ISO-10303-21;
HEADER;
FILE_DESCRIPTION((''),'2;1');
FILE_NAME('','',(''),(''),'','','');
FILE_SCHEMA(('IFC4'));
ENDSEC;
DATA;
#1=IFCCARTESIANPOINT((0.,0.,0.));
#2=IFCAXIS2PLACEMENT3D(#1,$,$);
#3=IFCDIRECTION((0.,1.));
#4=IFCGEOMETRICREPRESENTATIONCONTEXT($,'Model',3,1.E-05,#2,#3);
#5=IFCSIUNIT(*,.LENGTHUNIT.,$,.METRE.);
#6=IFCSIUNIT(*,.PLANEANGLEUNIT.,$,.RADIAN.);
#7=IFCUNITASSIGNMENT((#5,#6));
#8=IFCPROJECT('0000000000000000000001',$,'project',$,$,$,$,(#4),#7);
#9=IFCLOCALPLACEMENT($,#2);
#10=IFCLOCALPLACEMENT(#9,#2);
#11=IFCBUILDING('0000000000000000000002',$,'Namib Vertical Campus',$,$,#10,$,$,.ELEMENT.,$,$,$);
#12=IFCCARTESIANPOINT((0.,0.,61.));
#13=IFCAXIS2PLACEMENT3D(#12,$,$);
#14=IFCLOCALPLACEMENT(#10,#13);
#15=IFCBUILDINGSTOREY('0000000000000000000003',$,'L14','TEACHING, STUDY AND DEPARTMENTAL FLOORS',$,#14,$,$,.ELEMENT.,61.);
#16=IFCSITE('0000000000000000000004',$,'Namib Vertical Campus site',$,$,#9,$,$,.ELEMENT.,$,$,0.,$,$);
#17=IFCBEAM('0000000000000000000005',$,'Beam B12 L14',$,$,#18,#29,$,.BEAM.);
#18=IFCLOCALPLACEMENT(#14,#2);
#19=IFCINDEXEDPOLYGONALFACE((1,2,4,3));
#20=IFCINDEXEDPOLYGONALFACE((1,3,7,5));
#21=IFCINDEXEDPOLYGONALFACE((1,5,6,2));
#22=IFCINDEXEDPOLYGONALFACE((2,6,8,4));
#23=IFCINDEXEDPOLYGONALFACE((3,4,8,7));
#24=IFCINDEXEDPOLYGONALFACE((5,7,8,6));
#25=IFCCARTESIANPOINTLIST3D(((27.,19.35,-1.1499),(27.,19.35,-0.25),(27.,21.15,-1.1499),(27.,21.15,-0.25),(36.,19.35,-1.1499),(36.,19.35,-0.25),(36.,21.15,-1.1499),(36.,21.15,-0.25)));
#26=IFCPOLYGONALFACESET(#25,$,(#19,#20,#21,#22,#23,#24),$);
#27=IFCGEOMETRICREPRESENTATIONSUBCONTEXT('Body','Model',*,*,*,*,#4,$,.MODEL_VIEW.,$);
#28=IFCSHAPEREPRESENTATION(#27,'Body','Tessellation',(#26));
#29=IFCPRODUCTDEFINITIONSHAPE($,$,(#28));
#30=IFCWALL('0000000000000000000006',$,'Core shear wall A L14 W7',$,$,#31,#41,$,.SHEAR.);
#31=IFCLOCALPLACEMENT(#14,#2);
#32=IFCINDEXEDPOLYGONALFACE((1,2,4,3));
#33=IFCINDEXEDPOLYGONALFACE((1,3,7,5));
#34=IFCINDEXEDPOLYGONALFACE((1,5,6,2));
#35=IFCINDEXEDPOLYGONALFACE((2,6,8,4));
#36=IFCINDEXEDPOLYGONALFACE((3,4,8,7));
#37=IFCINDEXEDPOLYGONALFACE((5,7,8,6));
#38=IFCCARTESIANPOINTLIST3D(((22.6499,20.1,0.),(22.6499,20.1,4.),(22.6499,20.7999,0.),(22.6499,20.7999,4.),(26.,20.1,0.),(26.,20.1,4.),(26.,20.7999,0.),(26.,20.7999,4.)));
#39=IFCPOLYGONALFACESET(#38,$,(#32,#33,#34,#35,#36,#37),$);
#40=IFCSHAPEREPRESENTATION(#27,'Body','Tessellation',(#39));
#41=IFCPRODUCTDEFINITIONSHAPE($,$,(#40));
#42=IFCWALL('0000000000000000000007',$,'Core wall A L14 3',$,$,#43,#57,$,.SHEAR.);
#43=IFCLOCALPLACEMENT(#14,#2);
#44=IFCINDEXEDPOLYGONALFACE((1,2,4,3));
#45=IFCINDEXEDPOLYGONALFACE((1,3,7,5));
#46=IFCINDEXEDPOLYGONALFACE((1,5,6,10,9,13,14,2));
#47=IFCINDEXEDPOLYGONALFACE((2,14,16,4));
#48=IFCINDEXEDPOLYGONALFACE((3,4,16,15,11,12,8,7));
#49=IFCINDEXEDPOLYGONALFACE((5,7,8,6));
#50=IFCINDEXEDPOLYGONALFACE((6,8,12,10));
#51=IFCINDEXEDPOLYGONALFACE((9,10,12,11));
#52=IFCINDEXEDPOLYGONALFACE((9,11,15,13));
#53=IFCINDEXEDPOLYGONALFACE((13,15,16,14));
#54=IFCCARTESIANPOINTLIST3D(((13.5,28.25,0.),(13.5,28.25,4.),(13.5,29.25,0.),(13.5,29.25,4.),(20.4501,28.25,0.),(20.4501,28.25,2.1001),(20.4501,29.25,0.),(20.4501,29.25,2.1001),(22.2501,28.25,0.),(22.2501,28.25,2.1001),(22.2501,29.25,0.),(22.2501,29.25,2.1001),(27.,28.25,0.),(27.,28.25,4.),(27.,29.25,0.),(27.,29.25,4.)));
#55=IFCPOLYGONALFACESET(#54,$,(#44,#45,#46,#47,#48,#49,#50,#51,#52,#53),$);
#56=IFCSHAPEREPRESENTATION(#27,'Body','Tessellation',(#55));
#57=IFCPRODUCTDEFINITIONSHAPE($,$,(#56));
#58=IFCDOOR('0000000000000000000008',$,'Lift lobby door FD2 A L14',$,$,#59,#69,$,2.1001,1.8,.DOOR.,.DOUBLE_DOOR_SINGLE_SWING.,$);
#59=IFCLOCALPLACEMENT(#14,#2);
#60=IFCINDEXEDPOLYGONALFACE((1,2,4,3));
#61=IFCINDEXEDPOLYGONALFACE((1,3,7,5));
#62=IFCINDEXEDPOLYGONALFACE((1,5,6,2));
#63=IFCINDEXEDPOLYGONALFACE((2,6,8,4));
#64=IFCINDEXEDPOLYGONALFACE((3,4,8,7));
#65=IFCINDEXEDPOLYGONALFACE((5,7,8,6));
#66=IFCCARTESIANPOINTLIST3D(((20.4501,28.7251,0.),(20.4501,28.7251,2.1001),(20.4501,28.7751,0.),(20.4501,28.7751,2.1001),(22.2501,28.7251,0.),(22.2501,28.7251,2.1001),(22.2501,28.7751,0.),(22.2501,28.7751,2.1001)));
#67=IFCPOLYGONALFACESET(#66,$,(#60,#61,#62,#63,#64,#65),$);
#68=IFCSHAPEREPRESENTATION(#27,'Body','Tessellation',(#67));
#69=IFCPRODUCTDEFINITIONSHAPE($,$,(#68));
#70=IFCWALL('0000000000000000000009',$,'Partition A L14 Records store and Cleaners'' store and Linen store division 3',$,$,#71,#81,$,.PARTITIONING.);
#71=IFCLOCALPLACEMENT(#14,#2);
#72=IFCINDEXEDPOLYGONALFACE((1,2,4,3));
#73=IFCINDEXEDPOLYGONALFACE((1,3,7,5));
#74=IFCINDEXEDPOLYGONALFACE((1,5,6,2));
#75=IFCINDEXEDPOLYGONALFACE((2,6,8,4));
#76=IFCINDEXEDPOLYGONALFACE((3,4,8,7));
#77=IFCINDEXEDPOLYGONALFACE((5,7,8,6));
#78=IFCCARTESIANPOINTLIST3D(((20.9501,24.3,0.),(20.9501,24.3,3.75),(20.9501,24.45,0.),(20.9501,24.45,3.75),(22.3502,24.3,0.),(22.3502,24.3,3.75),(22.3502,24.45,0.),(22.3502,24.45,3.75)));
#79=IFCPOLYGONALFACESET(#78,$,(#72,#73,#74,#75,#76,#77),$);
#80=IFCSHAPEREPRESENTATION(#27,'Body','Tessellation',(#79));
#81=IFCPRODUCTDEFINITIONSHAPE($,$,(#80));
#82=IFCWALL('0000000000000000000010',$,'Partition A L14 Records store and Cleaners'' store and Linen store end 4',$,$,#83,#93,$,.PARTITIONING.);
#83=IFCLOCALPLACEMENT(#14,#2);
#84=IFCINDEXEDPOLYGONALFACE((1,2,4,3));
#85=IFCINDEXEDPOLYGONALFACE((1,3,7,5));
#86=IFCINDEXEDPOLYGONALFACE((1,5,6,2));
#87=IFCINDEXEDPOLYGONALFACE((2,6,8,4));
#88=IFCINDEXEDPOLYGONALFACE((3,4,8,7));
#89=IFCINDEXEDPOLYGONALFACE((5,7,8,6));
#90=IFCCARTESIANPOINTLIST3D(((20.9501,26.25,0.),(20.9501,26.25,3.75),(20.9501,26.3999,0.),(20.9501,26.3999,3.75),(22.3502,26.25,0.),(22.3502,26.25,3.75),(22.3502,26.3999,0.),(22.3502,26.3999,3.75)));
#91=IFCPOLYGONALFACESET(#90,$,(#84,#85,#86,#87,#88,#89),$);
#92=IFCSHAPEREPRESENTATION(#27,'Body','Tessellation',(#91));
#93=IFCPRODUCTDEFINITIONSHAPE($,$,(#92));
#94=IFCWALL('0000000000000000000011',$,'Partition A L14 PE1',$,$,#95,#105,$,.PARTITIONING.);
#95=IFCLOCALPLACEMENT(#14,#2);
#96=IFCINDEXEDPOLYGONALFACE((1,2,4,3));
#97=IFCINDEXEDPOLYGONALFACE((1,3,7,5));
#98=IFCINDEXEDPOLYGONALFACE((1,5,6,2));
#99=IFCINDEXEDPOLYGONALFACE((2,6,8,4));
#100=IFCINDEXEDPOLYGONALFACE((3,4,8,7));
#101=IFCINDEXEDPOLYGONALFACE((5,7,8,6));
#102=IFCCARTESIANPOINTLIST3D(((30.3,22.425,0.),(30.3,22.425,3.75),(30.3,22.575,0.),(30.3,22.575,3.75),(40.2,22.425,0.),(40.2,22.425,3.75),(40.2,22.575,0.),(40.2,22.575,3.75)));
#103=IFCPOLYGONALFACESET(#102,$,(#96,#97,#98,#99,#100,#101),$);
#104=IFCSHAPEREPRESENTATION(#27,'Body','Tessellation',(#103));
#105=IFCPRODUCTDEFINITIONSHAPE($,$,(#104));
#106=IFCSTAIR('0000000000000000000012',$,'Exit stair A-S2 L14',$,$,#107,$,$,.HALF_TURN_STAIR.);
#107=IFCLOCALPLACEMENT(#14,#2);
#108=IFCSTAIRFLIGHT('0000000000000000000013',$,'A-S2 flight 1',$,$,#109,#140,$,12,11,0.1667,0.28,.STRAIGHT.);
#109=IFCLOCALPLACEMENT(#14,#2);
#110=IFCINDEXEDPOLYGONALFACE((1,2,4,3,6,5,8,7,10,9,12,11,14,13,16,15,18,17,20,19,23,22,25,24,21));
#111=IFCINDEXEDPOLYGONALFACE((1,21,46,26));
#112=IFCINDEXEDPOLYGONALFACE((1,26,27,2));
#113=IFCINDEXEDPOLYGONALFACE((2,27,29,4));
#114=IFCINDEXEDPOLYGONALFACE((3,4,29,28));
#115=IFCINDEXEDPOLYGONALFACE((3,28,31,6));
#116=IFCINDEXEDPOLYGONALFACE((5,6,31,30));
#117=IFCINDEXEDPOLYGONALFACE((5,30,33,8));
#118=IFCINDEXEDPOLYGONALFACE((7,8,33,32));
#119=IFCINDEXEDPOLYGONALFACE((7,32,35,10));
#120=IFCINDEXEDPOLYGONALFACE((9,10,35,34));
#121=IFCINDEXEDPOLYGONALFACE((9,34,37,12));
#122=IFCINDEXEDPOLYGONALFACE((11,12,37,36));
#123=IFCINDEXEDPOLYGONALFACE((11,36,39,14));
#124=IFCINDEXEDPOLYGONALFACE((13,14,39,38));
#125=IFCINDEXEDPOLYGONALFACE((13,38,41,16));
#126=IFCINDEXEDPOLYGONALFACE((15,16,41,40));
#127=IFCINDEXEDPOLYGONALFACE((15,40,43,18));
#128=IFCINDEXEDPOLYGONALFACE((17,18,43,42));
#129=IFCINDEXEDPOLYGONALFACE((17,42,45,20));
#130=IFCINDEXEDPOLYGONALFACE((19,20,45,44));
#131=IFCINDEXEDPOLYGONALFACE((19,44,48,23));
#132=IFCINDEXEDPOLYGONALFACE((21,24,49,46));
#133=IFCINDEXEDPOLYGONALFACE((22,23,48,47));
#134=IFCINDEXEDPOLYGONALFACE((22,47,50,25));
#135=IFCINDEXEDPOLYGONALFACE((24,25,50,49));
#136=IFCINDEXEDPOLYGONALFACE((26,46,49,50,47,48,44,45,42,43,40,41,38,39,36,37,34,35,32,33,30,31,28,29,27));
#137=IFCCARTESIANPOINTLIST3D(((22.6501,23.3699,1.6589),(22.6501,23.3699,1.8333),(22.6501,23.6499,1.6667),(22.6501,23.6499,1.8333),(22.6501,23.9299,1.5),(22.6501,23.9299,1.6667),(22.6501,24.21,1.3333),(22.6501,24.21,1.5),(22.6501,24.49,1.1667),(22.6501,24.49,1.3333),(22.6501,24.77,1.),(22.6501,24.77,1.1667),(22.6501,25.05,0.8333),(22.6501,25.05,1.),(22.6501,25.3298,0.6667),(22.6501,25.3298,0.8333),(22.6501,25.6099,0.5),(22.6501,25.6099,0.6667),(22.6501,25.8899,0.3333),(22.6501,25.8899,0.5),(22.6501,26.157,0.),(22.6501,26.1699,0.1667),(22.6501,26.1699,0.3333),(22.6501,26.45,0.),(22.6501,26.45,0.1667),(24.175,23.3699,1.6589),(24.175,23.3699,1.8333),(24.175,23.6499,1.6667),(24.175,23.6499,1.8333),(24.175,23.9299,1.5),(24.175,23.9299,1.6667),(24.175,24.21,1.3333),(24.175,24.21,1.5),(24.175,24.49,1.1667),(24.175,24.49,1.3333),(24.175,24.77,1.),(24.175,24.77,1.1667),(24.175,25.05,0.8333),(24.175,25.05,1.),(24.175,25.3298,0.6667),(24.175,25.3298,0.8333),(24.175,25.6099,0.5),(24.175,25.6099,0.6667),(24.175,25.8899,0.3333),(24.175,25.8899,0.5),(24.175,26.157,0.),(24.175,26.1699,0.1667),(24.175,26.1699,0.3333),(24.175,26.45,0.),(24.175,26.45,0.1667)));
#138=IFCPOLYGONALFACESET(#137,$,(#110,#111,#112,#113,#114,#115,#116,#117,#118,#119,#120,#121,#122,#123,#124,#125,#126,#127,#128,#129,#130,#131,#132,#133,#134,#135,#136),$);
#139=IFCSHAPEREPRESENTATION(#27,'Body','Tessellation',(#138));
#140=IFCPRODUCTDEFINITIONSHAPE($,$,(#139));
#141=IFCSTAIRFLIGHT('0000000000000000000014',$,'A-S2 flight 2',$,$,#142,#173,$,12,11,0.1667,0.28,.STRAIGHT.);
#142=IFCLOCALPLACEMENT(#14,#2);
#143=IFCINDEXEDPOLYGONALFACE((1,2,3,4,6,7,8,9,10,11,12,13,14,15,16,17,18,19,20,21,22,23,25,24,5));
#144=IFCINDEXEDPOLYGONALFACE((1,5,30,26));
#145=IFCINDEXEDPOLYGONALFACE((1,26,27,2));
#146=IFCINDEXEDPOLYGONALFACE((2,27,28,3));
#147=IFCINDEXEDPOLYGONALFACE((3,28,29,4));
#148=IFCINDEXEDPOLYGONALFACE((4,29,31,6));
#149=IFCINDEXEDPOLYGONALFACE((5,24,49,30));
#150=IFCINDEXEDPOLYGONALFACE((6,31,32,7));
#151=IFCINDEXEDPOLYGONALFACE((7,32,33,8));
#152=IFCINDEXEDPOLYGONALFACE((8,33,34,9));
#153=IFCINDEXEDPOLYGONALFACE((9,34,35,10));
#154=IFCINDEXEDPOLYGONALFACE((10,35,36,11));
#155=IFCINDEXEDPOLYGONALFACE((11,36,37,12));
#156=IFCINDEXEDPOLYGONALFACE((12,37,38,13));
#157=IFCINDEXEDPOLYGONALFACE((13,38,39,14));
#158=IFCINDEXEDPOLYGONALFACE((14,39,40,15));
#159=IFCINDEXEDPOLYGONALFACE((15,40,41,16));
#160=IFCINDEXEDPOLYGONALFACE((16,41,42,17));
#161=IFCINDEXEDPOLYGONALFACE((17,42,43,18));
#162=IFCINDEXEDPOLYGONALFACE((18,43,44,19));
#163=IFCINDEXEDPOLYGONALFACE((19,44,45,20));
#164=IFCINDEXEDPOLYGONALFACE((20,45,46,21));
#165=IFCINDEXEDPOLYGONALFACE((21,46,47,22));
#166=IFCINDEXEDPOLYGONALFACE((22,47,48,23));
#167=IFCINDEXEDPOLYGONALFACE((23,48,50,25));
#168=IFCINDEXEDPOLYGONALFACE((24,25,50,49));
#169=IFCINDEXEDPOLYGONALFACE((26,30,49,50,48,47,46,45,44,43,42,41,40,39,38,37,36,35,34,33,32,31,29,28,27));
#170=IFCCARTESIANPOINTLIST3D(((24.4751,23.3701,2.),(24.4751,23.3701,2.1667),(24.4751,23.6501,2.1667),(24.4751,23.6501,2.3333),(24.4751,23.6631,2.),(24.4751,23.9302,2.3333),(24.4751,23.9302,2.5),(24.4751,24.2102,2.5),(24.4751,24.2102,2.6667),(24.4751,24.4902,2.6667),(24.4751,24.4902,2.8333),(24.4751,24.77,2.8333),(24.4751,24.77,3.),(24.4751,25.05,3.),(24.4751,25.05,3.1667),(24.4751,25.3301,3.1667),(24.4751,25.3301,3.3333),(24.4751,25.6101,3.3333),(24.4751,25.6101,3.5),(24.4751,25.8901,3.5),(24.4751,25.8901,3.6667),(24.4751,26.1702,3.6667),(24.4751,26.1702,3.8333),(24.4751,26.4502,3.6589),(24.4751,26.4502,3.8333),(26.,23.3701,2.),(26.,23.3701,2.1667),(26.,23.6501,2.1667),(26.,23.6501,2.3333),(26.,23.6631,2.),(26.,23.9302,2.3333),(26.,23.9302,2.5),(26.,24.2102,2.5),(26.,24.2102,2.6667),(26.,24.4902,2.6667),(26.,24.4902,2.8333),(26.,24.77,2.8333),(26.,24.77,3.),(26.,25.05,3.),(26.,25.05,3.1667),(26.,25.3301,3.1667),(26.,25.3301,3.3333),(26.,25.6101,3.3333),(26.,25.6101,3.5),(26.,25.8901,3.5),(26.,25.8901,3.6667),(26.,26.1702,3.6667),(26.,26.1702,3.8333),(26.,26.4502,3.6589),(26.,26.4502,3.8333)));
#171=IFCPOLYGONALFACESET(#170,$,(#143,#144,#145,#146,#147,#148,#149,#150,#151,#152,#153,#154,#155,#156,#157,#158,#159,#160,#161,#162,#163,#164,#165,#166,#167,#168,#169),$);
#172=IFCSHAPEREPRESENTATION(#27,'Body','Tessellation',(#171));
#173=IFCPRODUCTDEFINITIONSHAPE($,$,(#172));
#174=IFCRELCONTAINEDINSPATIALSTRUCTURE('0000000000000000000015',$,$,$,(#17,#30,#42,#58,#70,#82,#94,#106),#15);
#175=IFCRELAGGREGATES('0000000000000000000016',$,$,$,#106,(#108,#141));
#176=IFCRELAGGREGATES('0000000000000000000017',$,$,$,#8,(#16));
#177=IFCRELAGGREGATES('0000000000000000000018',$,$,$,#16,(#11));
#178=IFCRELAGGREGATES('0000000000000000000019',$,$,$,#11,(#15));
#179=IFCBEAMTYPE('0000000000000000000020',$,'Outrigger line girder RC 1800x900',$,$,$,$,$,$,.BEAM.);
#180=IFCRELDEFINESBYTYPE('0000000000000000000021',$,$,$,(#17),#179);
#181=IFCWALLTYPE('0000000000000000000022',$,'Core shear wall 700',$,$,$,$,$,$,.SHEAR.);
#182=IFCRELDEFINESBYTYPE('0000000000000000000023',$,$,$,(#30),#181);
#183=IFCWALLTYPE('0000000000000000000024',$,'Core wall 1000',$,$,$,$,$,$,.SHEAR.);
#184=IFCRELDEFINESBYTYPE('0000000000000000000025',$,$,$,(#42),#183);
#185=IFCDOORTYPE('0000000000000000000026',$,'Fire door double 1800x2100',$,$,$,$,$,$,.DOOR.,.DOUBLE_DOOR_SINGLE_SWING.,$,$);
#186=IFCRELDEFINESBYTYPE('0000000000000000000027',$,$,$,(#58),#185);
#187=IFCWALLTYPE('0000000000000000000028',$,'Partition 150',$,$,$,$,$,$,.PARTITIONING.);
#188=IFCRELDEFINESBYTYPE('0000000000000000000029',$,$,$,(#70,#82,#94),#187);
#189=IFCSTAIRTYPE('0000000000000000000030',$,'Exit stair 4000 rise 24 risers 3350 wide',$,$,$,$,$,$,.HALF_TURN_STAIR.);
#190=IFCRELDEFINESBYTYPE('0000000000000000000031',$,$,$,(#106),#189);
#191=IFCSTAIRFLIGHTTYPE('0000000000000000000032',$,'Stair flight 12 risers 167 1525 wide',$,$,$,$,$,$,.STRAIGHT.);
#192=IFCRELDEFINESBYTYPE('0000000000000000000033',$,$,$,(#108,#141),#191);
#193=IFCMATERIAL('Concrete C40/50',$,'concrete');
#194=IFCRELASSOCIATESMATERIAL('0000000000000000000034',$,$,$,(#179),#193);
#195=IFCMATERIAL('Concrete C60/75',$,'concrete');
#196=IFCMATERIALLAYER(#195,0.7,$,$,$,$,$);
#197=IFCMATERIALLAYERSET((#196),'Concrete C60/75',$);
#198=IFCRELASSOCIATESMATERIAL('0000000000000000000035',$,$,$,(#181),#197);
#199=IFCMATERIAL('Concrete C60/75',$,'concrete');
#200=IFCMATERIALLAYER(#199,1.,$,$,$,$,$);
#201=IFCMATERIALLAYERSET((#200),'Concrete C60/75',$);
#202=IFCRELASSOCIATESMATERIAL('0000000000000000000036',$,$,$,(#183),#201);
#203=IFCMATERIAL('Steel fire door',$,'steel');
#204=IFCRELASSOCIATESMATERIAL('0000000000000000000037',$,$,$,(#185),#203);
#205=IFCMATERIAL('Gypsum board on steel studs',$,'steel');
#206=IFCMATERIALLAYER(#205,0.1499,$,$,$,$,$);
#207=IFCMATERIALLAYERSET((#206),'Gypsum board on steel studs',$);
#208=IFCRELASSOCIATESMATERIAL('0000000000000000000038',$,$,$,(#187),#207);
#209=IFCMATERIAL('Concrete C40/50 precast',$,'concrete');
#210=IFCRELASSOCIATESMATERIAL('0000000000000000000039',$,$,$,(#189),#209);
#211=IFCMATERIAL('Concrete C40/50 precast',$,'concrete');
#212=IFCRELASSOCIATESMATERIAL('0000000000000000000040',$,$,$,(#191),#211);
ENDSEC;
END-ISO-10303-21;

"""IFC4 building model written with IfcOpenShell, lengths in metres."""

from ifc_helpers import new_model, si_unit, direction, frame, frame_2d, origin, origin_2d, place, context, subcontext, project, spatial, polyline, rectangle, outline, extrude, material, layer, layer_set, material_profile, profile_set, type_object, element, fill, aggregate, save


model = new_model("IFC4")

# Units and contexts
model_context = context("Model", 3, precision=1e-05, world=origin(), true_north=direction((0.0, 1.0)))
body_context = subcontext(model_context, "Body", "Model", "MODEL_VIEW")
ifc_project = project(units=[si_unit("LENGTHUNIT", "METRE"), si_unit("PLANEANGLEUNIT", "RADIAN")], contexts=[model_context])

# Site, building, storey
site_placement = place(None, origin())
site = spatial("IfcSite", under=ifc_project, at=site_placement, Name="Namib Vertical Campus site", CompositionType="ELEMENT", RefElevation=0.0)
building_placement = place(site_placement, origin())
building = spatial("IfcBuilding", under=site, at=building_placement, Name="Namib Vertical Campus", CompositionType="ELEMENT")
storey_placement = place(building_placement, frame((0.0, 0.0, 61.0)))
storey = spatial("IfcBuildingStorey", under=building, at=storey_placement, Name="L14", Description="TEACHING, STUDY AND DEPARTMENTAL FLOORS", CompositionType="ELEMENT", Elevation=61.0)

# Beam
ifc_material_1 = material(Name="Concrete C40/50", Category="concrete")
ifc_material_profile_1 = material_profile(ifc_material_1, rectangle(XDim=1.8, YDim=0.8999, at=origin_2d()))
ifc_profile_set_1 = profile_set([ifc_material_profile_1], Name="Concrete C40/50")
beam_type_1 = type_object("IfcBeamType", Name="Outrigger line girder RC 1800x900", PredefinedType="BEAM", material=ifc_profile_set_1)
beam_1_placement = place(storey_placement, frame((36.0, 20.25, -0.7), z_axis=(-1.0, 0.0, 0.0), x_axis=(0.0, -1.0, 0.0)))
element("IfcBeam", 1, at=beam_1_placement, inside=storey, type_object=beam_type_1, Name="Beam B12 L14", PredefinedType="BEAM", context=body_context, shape_type="SweptSolid", body=[
    extrude(rectangle(XDim=1.8, YDim=0.8999, at=origin_2d()), origin(), (0.0, 0.0, 1.0), 9.0),
])

# Wall
ifc_material_2 = material(Name="Concrete C60/75", Category="concrete")
ifc_layer_1 = layer(ifc_material_2, 0.7)
ifc_layer_set_1 = layer_set([ifc_layer_1], Name="Concrete C60/75")
wall_type_1 = type_object("IfcWallType", Name="Core shear wall 700", PredefinedType="SHEAR", material=ifc_layer_set_1)
wall_1_placement = place(storey_placement, frame((22.6499, 20.45, 0.0), z_axis=(0.0, 0.0, 1.0), x_axis=(1.0, 0.0, 0.0)))
element("IfcWall", 2, at=wall_1_placement, inside=storey, type_object=wall_type_1, Name="Core shear wall A L14 W7", PredefinedType="SHEAR", context=body_context, shape_type="SweptSolid", body=[
    extrude(rectangle(XDim=3.3501, YDim=0.7, at=frame_2d((1.675, 0.0))), origin(), (0.0, 0.0, 1.0), 4.0),
])

# Wall, opening, door
ifc_material_3 = material(Name="Concrete C60/75", Category="concrete")
ifc_layer_2 = layer(ifc_material_3, 1.0)
ifc_layer_set_2 = layer_set([ifc_layer_2], Name="Concrete C60/75")
wall_type_2 = type_object("IfcWallType", Name="Core wall 1000", PredefinedType="SHEAR", material=ifc_layer_set_2)
wall_2_placement = place(storey_placement, frame((27.0, 28.75, 0.0), z_axis=(0.0, 0.0, 1.0), x_axis=(-1.0, 0.0, 0.0)))
wall_2 = element("IfcWall", 3, at=wall_2_placement, inside=storey, type_object=wall_type_2, Name="Core wall A L14 3", PredefinedType="SHEAR", context=body_context, shape_type="SweptSolid", body=[
    extrude(rectangle(XDim=13.5, YDim=1.0, at=frame_2d((6.75, 0.0))), origin(), (0.0, 0.0, 1.0), 4.0),
])
opening_placement = place(wall_2_placement, frame((4.75, 0.0, 0.0)))
opening = element("IfcOpeningElement", 4, at=opening_placement, cuts=wall_2, PredefinedType="OPENING", context=body_context, shape_type="SweptSolid", body=[
    extrude(rectangle(XDim=1.8, YDim=2.1001, at=frame_2d((0.8999, 1.05))), frame((0.0, 0.51, 0.0), z_axis=(0.0, -1.0, 0.0), x_axis=(1.0, 0.0, 0.0)), (0.0, 0.0, 1.0), 1.02),
])
ifc_material_4 = material(Name="Steel fire door", Category="steel")
door_type = type_object("IfcDoorType", Name="Fire door double 1800x2100", OperationType="DOUBLE_DOOR_SINGLE_SWING", PredefinedType="DOOR", material=ifc_material_4)
door_placement = place(opening_placement, origin())
door = element("IfcDoor", 5, at=door_placement, inside=storey, type_object=door_type, Name="Lift lobby door FD2 A L14", OperationType="DOUBLE_DOOR_SINGLE_SWING", OverallHeight=2.1001, OverallWidth=1.8, PredefinedType="DOOR", context=body_context, shape_type="SweptSolid", body=[
    extrude(rectangle(XDim=1.8, YDim=2.1001, at=frame_2d((0.8999, 1.05))), frame((0.0, 0.0249, 0.0), z_axis=(0.0, -1.0, 0.0), x_axis=(1.0, 0.0, 0.0)), (0.0, 0.0, 1.0), 0.05),
])
fill(opening, door)

# Walls
ifc_material_5 = material(Name="Gypsum board on steel studs", Category="steel")
ifc_layer_3 = layer(ifc_material_5, 0.1499)
ifc_layer_set_3 = layer_set([ifc_layer_3], Name="Gypsum board on steel studs")
wall_type_3 = type_object("IfcWallType", Name="Partition 150", PredefinedType="PARTITIONING", material=ifc_layer_set_3)
for number, where, z_axis, x_axis, name in (
    (6, (20.95, 24.375, 0.0), (0.0, 0.0, 1.0), (1.0, 0.0, 0.0), "Partition A L14 Records store and Cleaners' store and Linen store division 3"),
    (7, (20.95, 26.325, 0.0), (0.0, 0.0, 1.0), (1.0, 0.0, 0.0), "Partition A L14 Records store and Cleaners' store and Linen store end 4"),
):
    element("IfcWall", number, at=place(storey_placement, frame(where, z_axis=z_axis, x_axis=x_axis)), inside=storey, type_object=wall_type_3, Name=name, PredefinedType="PARTITIONING", context=body_context, shape_type="SweptSolid", body=[
        extrude(rectangle(XDim=1.4001, YDim=0.1499, at=frame_2d((0.7002, 0.0))), origin(), (0.0, 0.0, 1.0), 3.75),
    ])
wall_3_placement = place(storey_placement, frame((30.3, 22.5, 0.0), z_axis=(0.0, 0.0, 1.0), x_axis=(1.0, 0.0, 0.0)))
element("IfcWall", 8, at=wall_3_placement, inside=storey, type_object=wall_type_3, Name="Partition A L14 PE1", PredefinedType="PARTITIONING", context=body_context, shape_type="SweptSolid", body=[
    extrude(rectangle(XDim=9.8999, YDim=0.1499, at=frame_2d((4.95, 0.0))), origin(), (0.0, 0.0, 1.0), 3.75),
])

# Stair, stair flights
ifc_material_6 = material(Name="Concrete C40/50 precast", Category="concrete")
stair_type = type_object("IfcStairType", Name="Exit stair 4000 rise 24 risers 3350 wide", PredefinedType="HALF_TURN_STAIR", material=ifc_material_6)
stair_placement = place(storey_placement, origin())
stair = element("IfcStair", 9, at=stair_placement, inside=storey, type_object=stair_type, Name="Exit stair A-S2 L14", PredefinedType="HALF_TURN_STAIR")
ifc_material_7 = material(Name="Concrete C40/50 precast", Category="concrete")
stair_flight_type = type_object("IfcStairFlightType", Name="Stair flight 12 risers 167 1525 wide", PredefinedType="STRAIGHT", material=ifc_material_7)
stair_flight_1_placement = place(storey_placement, frame((23.4126, 26.45, 0.0), z_axis=(0.0, 0.0, 1.0), x_axis=(0.0, -1.0, 0.0)))
stair_flight_1 = element("IfcStairFlight", 10, at=stair_flight_1_placement, type_object=stair_flight_type, Name="A-S2 flight 1", NumberOfRisers=12, NumberOfTreads=11, PredefinedType="STRAIGHT", RiserHeight=0.1667, TreadLength=0.28, context=body_context, shape_type="SweptSolid", body=[
    extrude(outline(polyline([(0.0, 0.0), (0.0, 0.1667), (0.28, 0.1667), (0.28, 0.3333), (0.5601, 0.3333), (0.5601, 0.5), (0.8401, 0.5), (0.8401, 0.6667), (1.1201, 0.6667), (1.1201, 0.8333), (1.3999, 0.8333), (1.3999, 1.0), (1.6799, 1.0), (1.6799, 1.1667), (1.96, 1.1667), (1.96, 1.3333), (2.24, 1.3333), (2.24, 1.5), (2.52, 1.5), (2.52, 1.6667), (2.8, 1.6667), (2.8, 1.8333), (3.0801, 1.8333), (3.0801, 2.0), (3.0801, 1.6589), (0.293, 0.0), (0.0, 0.0)])), frame((0.0, 0.7625, 0.0), z_axis=(0.0, -1.0, 0.0), x_axis=(1.0, 0.0, 0.0)), (0.0, 0.0, 1.0), 1.5249),
])
stair_flight_2_placement = place(storey_placement, frame((25.2375, 23.3701, 2.0), z_axis=(0.0, 0.0, 1.0), x_axis=(0.0, 1.0, 0.0)))
stair_flight_2 = element("IfcStairFlight", 11, at=stair_flight_2_placement, type_object=stair_flight_type, Name="A-S2 flight 2", NumberOfRisers=12, NumberOfTreads=11, PredefinedType="STRAIGHT", RiserHeight=0.1667, TreadLength=0.28, context=body_context, shape_type="SweptSolid", body=[
    extrude(outline(polyline([(0.0, 0.0), (0.0, 0.1667), (0.28, 0.1667), (0.28, 0.3333), (0.5601, 0.3333), (0.5601, 0.5), (0.8401, 0.5), (0.8401, 0.6667), (1.1201, 0.6667), (1.1201, 0.8333), (1.3999, 0.8333), (1.3999, 1.0), (1.6799, 1.0), (1.6799, 1.1667), (1.96, 1.1667), (1.96, 1.3333), (2.24, 1.3333), (2.24, 1.5), (2.52, 1.5), (2.52, 1.6667), (2.8, 1.6667), (2.8, 1.8333), (3.0801, 1.8333), (3.0801, 2.0), (3.0801, 1.6589), (0.293, 0.0), (0.0, 0.0)])), frame((0.0, 0.7625, 0.0), z_axis=(0.0, -1.0, 0.0), x_axis=(1.0, 0.0, 0.0)), (0.0, 0.0, 1.0), 1.5249),
])
aggregate(stair, [stair_flight_1, stair_flight_2])

save(model, "model.ifc")
